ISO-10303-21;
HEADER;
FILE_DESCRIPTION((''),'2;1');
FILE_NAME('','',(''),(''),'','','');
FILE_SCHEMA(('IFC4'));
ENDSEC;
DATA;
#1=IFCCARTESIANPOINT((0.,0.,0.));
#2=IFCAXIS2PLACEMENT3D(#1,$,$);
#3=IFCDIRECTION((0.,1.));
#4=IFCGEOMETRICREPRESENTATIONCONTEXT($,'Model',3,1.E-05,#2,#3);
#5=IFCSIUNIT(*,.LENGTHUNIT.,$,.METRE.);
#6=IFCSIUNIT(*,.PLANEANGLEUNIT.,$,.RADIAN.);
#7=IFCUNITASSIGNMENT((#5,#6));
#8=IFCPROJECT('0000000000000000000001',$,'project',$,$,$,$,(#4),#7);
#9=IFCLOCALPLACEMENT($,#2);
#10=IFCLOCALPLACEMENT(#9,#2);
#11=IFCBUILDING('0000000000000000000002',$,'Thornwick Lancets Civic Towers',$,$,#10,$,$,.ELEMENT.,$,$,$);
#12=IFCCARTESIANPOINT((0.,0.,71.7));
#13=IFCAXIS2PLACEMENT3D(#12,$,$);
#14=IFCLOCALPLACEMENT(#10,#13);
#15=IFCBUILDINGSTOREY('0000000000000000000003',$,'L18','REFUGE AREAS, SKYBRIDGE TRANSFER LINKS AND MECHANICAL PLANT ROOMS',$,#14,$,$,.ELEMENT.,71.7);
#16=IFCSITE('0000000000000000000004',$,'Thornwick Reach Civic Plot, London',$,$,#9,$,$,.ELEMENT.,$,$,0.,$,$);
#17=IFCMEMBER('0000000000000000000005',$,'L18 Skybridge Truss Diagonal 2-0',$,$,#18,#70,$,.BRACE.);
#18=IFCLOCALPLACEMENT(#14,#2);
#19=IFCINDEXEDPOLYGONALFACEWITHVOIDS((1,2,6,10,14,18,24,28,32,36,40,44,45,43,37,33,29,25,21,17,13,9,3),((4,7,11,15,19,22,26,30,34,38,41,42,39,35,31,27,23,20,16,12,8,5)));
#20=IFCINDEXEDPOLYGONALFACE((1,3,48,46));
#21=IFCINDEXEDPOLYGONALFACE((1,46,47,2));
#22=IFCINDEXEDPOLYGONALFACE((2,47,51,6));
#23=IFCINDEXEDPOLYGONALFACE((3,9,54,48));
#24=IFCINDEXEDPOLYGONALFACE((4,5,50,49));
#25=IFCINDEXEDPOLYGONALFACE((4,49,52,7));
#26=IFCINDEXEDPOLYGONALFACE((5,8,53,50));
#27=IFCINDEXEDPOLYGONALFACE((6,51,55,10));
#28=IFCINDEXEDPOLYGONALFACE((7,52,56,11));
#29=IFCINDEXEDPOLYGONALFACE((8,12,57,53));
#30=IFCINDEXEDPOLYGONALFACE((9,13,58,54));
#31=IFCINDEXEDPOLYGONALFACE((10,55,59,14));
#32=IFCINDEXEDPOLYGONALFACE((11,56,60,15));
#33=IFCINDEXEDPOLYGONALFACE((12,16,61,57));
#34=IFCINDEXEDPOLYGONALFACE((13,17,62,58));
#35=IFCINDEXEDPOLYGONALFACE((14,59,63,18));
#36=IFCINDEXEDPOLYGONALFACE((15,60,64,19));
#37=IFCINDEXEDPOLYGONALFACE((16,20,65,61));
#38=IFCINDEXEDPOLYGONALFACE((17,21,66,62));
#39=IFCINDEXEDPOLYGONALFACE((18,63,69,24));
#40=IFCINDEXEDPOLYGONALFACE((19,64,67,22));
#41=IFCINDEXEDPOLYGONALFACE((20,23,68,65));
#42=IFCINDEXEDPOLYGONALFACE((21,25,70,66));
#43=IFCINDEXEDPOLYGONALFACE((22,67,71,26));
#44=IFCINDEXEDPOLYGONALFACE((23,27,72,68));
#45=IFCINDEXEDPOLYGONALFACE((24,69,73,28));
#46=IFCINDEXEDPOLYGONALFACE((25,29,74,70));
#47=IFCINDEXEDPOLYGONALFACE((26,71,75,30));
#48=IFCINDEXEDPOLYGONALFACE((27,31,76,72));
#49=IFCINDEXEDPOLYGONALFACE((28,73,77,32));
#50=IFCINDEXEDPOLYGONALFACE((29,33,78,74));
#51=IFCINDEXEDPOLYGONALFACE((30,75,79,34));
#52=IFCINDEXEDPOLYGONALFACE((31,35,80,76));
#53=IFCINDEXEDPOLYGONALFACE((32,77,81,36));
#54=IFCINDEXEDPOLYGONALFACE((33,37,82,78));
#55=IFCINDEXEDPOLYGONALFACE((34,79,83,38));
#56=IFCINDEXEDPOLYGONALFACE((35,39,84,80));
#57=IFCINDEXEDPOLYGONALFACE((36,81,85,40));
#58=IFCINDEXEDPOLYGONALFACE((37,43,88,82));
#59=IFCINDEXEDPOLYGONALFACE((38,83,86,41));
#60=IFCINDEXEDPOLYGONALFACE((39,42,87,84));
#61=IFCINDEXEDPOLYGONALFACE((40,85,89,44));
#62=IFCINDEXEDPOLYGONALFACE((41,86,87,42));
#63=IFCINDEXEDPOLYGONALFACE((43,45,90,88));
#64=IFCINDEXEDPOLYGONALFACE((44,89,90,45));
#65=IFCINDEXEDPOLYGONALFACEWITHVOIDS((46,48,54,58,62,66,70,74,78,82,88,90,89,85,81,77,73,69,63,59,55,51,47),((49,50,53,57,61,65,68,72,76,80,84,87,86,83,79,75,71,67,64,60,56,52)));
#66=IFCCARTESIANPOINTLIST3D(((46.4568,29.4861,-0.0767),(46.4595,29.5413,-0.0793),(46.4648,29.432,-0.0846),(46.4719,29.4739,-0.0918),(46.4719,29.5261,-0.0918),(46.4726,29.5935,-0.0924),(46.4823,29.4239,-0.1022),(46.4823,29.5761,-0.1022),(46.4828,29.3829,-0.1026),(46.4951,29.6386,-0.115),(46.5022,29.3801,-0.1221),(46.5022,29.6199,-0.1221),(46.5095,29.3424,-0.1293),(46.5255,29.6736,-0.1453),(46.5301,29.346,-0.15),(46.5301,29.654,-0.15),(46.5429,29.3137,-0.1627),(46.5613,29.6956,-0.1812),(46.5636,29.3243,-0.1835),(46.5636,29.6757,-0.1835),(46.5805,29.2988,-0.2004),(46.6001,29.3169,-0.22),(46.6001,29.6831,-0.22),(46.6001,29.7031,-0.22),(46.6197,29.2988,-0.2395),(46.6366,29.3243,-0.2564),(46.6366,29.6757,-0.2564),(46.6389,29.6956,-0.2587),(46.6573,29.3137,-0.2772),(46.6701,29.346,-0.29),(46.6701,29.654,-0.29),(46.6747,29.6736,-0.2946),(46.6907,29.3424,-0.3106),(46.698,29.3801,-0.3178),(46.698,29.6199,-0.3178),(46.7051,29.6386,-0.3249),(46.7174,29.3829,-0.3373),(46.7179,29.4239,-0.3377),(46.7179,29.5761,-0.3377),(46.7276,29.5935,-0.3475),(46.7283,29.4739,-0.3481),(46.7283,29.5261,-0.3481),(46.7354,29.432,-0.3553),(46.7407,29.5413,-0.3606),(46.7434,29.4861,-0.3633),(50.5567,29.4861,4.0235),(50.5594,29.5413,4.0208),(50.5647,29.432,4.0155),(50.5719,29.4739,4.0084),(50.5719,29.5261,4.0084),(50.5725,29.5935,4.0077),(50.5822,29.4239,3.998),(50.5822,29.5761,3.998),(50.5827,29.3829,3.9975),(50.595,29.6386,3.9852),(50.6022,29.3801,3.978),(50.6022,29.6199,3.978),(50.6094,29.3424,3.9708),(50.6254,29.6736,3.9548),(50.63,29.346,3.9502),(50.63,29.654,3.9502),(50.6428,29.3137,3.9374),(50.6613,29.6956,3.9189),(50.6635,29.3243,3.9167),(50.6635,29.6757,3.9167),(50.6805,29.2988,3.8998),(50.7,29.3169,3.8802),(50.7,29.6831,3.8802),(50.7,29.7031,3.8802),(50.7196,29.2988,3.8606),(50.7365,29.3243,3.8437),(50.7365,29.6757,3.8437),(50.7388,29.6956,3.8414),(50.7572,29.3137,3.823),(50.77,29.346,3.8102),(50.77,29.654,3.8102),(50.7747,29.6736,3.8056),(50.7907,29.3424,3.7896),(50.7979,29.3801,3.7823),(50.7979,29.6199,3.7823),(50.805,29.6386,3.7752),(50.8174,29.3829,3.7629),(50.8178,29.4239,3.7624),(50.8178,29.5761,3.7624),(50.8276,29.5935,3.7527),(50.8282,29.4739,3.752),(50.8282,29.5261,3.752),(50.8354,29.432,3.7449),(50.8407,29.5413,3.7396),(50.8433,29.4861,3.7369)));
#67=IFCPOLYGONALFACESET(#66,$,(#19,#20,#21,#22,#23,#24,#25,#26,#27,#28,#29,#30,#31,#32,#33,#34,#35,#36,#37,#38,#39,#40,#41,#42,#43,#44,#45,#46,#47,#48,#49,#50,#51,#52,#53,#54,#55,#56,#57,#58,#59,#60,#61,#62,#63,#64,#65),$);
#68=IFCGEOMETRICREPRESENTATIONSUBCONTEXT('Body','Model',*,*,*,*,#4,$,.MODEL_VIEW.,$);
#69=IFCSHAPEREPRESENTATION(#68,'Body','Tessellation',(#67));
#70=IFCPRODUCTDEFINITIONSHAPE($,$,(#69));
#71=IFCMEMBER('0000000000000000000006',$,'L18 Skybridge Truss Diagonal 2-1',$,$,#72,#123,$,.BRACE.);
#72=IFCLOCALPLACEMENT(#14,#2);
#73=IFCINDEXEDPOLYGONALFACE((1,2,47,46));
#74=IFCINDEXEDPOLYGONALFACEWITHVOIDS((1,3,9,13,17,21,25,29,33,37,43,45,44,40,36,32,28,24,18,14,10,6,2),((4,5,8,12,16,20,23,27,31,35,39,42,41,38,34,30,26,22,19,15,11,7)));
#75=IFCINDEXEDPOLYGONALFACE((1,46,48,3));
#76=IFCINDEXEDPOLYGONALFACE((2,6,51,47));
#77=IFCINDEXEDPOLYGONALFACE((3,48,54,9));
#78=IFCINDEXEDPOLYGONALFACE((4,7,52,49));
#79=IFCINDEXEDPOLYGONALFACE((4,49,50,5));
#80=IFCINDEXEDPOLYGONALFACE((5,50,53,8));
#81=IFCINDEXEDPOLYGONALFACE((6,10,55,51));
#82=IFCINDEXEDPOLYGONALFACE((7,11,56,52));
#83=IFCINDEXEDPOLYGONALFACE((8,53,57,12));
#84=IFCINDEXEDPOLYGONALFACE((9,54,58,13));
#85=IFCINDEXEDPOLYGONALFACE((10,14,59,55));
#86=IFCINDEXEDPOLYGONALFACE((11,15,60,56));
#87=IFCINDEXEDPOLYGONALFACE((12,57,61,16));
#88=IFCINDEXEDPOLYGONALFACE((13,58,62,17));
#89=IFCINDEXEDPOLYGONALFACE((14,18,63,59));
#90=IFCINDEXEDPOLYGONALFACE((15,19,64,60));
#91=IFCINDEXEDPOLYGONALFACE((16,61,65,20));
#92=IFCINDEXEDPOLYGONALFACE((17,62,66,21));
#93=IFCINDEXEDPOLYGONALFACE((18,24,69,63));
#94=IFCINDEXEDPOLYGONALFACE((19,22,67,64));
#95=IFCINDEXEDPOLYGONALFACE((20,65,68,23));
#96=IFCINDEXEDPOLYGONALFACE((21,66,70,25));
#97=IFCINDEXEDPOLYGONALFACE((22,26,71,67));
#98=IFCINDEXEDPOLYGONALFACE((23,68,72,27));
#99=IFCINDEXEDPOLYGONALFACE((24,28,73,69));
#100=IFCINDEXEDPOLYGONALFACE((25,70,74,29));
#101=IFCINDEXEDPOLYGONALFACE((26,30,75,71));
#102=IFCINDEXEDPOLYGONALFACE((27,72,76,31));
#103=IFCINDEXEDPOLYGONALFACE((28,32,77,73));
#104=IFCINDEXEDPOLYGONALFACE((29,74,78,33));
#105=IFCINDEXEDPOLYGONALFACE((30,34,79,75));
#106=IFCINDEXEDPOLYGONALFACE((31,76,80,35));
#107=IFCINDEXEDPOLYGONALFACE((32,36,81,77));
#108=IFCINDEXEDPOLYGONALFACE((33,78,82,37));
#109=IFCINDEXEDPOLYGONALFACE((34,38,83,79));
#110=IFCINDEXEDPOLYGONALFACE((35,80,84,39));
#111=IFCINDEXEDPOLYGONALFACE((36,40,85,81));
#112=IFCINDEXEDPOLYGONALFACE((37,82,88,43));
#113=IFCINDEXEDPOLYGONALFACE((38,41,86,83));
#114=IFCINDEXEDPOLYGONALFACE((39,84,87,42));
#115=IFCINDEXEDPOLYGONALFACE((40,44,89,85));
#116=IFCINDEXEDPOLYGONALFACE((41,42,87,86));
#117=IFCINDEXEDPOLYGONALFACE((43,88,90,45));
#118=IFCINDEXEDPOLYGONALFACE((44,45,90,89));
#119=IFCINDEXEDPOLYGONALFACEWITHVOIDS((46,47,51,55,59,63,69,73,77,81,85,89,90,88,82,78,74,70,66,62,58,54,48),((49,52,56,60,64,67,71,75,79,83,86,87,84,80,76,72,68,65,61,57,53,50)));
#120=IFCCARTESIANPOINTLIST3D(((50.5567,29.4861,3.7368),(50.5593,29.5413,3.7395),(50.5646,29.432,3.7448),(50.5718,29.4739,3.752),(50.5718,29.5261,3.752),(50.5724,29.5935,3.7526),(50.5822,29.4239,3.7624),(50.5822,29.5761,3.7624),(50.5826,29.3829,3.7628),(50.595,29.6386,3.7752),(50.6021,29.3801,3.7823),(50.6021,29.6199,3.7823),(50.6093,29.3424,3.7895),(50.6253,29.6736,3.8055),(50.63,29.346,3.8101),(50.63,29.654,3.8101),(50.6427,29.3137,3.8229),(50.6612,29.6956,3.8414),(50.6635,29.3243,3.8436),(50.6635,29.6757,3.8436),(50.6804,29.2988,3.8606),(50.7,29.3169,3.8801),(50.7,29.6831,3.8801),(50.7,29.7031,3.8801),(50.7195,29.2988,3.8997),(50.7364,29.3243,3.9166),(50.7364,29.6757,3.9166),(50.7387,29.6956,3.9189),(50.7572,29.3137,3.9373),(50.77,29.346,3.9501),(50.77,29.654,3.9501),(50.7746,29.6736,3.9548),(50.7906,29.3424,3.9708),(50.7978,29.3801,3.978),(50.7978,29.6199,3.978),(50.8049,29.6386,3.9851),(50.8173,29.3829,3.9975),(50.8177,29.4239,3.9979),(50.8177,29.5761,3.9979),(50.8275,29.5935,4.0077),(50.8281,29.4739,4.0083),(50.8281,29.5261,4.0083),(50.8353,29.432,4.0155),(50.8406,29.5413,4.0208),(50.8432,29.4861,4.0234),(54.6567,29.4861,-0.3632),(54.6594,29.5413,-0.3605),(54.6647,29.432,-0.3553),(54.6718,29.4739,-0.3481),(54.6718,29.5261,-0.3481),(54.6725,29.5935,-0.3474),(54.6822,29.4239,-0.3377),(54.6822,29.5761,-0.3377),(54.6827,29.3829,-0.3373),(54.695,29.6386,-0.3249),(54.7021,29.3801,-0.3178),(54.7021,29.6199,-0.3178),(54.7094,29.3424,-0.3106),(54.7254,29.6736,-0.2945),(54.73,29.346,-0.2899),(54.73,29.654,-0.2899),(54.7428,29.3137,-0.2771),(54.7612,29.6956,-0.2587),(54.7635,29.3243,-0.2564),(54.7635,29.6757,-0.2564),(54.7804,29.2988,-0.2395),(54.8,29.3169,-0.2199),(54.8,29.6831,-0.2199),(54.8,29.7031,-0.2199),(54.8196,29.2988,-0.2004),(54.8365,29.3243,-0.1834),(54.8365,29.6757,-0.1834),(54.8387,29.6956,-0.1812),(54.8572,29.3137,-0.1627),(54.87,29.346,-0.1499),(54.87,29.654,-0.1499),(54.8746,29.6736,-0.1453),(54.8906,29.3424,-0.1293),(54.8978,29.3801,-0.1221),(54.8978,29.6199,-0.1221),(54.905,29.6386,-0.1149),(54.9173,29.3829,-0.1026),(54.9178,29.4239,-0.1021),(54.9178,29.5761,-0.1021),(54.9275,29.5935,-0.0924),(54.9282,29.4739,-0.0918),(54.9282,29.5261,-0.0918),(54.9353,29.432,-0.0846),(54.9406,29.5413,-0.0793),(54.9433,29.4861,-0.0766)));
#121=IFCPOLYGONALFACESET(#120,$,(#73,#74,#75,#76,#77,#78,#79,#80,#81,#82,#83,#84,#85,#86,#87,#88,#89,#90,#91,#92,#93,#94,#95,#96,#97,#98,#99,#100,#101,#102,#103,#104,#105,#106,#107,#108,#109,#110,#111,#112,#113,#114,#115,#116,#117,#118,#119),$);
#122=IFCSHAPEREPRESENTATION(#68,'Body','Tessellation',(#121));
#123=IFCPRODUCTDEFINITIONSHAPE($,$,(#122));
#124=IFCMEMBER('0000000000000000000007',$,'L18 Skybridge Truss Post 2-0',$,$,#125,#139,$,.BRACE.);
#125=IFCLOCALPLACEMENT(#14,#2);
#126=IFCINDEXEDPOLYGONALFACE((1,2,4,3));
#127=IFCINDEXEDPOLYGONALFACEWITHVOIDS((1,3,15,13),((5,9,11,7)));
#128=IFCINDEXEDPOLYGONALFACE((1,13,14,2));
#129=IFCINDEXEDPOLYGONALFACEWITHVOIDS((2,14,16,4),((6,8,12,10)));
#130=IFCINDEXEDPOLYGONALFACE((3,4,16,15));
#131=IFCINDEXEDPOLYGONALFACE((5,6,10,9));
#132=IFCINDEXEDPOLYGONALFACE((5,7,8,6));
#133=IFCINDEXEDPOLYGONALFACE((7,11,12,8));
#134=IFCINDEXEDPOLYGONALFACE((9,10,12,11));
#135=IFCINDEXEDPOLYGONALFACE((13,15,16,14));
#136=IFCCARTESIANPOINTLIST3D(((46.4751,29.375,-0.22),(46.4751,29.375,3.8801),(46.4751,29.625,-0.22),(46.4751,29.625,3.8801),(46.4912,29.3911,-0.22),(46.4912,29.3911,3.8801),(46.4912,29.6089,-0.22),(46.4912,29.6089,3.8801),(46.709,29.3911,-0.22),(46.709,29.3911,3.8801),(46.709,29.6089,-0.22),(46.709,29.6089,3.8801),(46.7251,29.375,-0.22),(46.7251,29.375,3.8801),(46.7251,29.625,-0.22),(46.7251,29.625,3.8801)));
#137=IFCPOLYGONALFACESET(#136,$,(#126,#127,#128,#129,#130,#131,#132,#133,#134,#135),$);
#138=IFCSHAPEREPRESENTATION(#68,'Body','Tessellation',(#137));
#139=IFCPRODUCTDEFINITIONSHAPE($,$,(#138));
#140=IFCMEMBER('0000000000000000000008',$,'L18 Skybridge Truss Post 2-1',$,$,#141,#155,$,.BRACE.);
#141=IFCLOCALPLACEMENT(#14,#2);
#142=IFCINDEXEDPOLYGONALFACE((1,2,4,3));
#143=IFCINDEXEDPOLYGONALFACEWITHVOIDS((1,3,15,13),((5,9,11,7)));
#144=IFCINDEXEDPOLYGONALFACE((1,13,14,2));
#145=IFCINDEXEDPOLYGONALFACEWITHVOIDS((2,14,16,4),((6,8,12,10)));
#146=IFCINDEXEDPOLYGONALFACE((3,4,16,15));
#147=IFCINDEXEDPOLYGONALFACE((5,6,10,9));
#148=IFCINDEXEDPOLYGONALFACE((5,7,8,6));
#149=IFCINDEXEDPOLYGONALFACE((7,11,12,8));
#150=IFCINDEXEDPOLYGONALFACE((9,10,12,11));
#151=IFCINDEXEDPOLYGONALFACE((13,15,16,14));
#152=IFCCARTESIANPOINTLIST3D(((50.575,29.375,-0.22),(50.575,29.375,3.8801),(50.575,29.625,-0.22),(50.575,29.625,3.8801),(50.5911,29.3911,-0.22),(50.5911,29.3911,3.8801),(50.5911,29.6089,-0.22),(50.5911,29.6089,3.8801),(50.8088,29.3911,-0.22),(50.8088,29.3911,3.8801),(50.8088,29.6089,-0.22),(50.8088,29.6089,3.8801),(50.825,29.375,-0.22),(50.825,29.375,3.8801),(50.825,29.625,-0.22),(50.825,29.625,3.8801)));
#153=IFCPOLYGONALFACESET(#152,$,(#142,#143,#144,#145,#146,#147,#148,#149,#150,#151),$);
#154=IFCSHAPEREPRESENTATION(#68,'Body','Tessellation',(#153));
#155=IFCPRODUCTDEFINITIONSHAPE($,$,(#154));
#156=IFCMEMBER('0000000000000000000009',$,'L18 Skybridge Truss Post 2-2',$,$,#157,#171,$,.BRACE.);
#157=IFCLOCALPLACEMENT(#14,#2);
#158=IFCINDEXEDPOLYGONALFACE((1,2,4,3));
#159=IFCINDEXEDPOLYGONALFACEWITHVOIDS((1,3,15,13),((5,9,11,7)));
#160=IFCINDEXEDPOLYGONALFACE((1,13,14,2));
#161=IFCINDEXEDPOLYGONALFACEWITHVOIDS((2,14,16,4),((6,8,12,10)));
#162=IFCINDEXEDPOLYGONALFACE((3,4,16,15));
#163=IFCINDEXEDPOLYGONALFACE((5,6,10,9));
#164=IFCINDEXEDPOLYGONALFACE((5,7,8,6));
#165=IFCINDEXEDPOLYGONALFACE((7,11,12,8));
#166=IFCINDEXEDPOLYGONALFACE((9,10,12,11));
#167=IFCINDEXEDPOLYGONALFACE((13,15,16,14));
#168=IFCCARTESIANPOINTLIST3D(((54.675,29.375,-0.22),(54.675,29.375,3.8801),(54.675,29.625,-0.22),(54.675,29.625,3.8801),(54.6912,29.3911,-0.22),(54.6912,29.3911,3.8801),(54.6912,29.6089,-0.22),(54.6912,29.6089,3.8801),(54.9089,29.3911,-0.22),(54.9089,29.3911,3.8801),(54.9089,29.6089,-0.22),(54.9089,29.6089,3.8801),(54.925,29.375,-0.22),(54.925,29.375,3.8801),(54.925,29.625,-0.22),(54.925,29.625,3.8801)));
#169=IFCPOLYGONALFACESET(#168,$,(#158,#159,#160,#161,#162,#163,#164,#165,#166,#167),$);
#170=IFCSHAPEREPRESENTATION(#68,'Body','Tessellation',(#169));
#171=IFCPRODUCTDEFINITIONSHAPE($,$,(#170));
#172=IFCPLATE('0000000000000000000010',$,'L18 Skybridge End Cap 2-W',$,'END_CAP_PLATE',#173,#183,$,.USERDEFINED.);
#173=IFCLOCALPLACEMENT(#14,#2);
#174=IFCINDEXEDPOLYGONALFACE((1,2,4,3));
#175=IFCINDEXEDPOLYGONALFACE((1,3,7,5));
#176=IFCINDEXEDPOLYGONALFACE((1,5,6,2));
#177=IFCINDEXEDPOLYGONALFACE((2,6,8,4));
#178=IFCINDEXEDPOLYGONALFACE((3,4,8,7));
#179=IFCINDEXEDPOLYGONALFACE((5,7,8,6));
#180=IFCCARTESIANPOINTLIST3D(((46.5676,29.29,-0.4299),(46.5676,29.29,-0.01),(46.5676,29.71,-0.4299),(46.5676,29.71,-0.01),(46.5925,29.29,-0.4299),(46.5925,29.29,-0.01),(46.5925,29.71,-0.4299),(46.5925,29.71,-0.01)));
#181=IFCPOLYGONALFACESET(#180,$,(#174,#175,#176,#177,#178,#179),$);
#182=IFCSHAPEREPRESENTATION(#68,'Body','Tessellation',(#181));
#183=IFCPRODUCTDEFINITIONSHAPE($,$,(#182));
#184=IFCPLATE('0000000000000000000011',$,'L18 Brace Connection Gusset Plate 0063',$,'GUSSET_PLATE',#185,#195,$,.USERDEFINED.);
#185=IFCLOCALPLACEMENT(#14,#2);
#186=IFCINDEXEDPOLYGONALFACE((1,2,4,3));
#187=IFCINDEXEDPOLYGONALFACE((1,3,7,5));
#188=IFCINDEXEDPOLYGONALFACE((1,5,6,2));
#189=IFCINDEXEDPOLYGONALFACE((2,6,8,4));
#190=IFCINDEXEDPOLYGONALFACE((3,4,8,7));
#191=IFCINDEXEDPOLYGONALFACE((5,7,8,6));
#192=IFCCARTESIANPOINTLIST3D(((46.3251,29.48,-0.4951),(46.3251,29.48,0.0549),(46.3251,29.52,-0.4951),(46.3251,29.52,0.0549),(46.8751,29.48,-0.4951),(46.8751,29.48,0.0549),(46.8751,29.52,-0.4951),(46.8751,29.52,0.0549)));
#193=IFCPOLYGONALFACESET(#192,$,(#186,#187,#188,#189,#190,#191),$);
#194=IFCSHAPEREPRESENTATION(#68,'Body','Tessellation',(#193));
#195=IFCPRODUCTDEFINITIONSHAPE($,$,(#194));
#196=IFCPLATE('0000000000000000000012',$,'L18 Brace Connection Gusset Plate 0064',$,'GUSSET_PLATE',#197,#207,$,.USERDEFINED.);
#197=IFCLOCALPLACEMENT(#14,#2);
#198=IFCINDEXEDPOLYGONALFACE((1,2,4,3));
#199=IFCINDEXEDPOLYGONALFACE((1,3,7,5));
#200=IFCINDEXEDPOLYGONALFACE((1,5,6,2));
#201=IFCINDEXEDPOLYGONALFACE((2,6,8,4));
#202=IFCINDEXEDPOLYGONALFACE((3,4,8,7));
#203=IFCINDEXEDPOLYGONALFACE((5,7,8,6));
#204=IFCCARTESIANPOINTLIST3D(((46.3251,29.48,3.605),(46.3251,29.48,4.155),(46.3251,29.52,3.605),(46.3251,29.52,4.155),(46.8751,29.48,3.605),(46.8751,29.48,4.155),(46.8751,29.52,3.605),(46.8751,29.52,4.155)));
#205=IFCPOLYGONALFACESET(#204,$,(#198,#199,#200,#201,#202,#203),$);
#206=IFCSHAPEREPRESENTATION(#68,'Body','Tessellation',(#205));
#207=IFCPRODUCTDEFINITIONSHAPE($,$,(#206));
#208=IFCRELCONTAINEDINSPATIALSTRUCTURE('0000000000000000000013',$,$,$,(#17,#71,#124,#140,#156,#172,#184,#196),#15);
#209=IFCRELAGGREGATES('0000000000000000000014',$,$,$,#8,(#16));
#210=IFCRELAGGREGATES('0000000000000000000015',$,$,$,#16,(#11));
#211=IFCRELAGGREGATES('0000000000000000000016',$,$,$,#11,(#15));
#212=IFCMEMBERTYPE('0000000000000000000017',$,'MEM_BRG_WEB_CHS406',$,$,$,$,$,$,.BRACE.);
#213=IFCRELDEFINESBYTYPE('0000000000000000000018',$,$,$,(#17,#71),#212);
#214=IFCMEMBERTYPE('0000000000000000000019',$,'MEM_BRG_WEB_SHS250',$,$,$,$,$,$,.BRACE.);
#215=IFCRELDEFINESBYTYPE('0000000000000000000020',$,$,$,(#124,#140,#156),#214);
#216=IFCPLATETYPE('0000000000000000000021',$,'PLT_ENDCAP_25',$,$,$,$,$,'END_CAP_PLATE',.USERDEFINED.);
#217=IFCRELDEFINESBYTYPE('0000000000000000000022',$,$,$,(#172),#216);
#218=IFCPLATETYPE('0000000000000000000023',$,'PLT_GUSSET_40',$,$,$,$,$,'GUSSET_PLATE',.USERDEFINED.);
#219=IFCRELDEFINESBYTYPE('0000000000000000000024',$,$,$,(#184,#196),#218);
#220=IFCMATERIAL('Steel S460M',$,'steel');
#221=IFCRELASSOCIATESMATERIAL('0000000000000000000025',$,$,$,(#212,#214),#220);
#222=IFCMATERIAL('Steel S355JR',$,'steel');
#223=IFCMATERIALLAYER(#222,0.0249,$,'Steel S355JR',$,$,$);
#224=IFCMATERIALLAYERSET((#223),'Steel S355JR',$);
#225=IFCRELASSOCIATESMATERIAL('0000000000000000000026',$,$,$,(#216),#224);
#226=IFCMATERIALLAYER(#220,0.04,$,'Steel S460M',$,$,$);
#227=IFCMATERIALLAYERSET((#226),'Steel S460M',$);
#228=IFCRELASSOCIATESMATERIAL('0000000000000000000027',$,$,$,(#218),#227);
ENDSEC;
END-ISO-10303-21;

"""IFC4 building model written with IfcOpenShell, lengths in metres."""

from ifc_helpers import new_model, si_unit, direction, frame, origin, origin_2d, place, context, subcontext, project, spatial, rectangle, hollow_rectangle, hollow_circle, extrude, material, layer, layer_set, material_profile, profile_set, type_object, element, save


model = new_model("IFC4")

# Units and contexts
model_context = context("Model", 3, precision=1e-05, world=origin(), true_north=direction((0.0, 1.0)))
body_context = subcontext(model_context, "Body", "Model", "MODEL_VIEW")
ifc_project = project(units=[si_unit("LENGTHUNIT", "METRE"), si_unit("PLANEANGLEUNIT", "RADIAN")], contexts=[model_context])

# Site, building, storey
site_placement = place(None, origin())
site = spatial("IfcSite", under=ifc_project, at=site_placement, Name="Thornwick Reach Civic Plot, London", CompositionType="ELEMENT", RefElevation=0.0)
building_placement = place(site_placement, origin())
building = spatial("IfcBuilding", under=site, at=building_placement, Name="Thornwick Lancets Civic Towers", CompositionType="ELEMENT")
storey_placement = place(building_placement, frame((0.0, 0.0, 71.7)))
storey = spatial("IfcBuildingStorey", under=building, at=storey_placement, Name="L18", Description="REFUGE AREAS, SKYBRIDGE TRANSFER LINKS AND MECHANICAL PLANT ROOMS", CompositionType="ELEMENT", Elevation=71.7)

# Shared definitions
ifc_material_1 = material(Name="Steel S460M", Category="steel")

# Shared definitions
ifc_material_2 = material(Name="Steel S355JR", Category="steel")

# Members
ifc_material_profile_1 = material_profile(ifc_material_1, hollow_circle(Radius=0.2031, WallThickness=0.02, at=origin_2d()), Name="CHS 406.4x20")
ifc_profile_set_1 = profile_set([ifc_material_profile_1], Name="Steel S460M")
member_type_1 = type_object("IfcMemberType", Name="MEM_BRG_WEB_CHS406", PredefinedType="BRACE", material=ifc_profile_set_1)
for number, where, z_axis, x_axis, name in (
    (1, (46.6001, 29.5, -0.22), (0.707086, 0.0, 0.707128), (0.0, 1.0, 0.0), "L18 Skybridge Truss Diagonal 2-0"),
    (2, (50.7, 29.5, 3.8801), (0.707107, 0.0, -0.707107), (0.0, 1.0, 0.0), "L18 Skybridge Truss Diagonal 2-1"),
):
    element("IfcMember", number, at=place(storey_placement, frame(where, z_axis=z_axis, x_axis=x_axis)), inside=storey, type_object=member_type_1, Name=name, PredefinedType="BRACE", context=body_context, shape_type="SweptSolid", body=[
        extrude(hollow_circle(Radius=0.2031, WallThickness=0.02, at=origin_2d()), origin(), (0.0, 0.0, 1.0), 5.7983),
    ])
ifc_material_profile_2 = material_profile(ifc_material_1, hollow_rectangle(XDim=0.25, YDim=0.25, WallThickness=0.0161, at=origin_2d()), Name="SHS 250x250x16")
ifc_profile_set_2 = profile_set([ifc_material_profile_2], Name="Steel S460M")
member_type_2 = type_object("IfcMemberType", Name="MEM_BRG_WEB_SHS250", PredefinedType="BRACE", material=ifc_profile_set_2)
for number, where, z_axis, x_axis, name in (
    (3, (46.6001, 29.5, -0.22), (0.0, 0.0, 1.0), (1.0, 0.0, 0.0), "L18 Skybridge Truss Post 2-0"),
    (4, (50.7, 29.5, -0.22), (0.0, 0.0, 1.0), (1.0, 0.0, 0.0), "L18 Skybridge Truss Post 2-1"),
    (5, (54.8, 29.5, -0.22), (0.0, 0.0, 1.0), (1.0, 0.0, 0.0), "L18 Skybridge Truss Post 2-2"),
):
    element("IfcMember", number, at=place(storey_placement, frame(where, z_axis=z_axis, x_axis=x_axis)), inside=storey, type_object=member_type_2, Name=name, PredefinedType="BRACE", context=body_context, shape_type="SweptSolid", body=[
        extrude(hollow_rectangle(XDim=0.25, YDim=0.25, WallThickness=0.0161, at=origin_2d()), origin(), (0.0, 0.0, 1.0), 4.1001),
    ])

# Plates
ifc_layer_1 = layer(ifc_material_2, 0.0249, Name="Steel S355JR")
ifc_layer_set_1 = layer_set([ifc_layer_1], Name="Steel S355JR")
plate_type_1 = type_object("IfcPlateType", Name="PLT_ENDCAP_25", ElementType="END_CAP_PLATE", PredefinedType="USERDEFINED", material=ifc_layer_set_1)
plate_1_placement = place(storey_placement, frame((46.5801, 29.5, -0.4299), z_axis=(0.0, 0.0, 1.0), x_axis=(1.0, 0.0, 0.0)))
element("IfcPlate", 6, at=plate_1_placement, inside=storey, type_object=plate_type_1, Name="L18 Skybridge End Cap 2-W", ObjectType="END_CAP_PLATE", PredefinedType="USERDEFINED", context=body_context, shape_type="SweptSolid", body=[
    extrude(rectangle(XDim=0.0249, YDim=0.4199, at=origin_2d()), origin(), (0.0, 0.0, 1.0), 0.4199),
])
ifc_layer_2 = layer(ifc_material_1, 0.04, Name="Steel S460M")
ifc_layer_set_2 = layer_set([ifc_layer_2], Name="Steel S460M")
plate_type_2 = type_object("IfcPlateType", Name="PLT_GUSSET_40", ElementType="GUSSET_PLATE", PredefinedType="USERDEFINED", material=ifc_layer_set_2)
for number, where, z_axis, x_axis, name in (
    (7, (46.6001, 29.5, -0.4951), (0.0, 0.0, 1.0), (1.0, 0.0, 0.0), "L18 Brace Connection Gusset Plate 0063"),
    (8, (46.6001, 29.5, 3.605), (0.0, 0.0, 1.0), (1.0, 0.0, 0.0), "L18 Brace Connection Gusset Plate 0064"),
):
    element("IfcPlate", number, at=place(storey_placement, frame(where, z_axis=z_axis, x_axis=x_axis)), inside=storey, type_object=plate_type_2, Name=name, ObjectType="GUSSET_PLATE", PredefinedType="USERDEFINED", context=body_context, shape_type="SweptSolid", body=[
        extrude(rectangle(XDim=0.55, YDim=0.04, at=origin_2d()), origin(), (0.0, 0.0, 1.0), 0.55),
    ])

save(model, "model.ifc")
